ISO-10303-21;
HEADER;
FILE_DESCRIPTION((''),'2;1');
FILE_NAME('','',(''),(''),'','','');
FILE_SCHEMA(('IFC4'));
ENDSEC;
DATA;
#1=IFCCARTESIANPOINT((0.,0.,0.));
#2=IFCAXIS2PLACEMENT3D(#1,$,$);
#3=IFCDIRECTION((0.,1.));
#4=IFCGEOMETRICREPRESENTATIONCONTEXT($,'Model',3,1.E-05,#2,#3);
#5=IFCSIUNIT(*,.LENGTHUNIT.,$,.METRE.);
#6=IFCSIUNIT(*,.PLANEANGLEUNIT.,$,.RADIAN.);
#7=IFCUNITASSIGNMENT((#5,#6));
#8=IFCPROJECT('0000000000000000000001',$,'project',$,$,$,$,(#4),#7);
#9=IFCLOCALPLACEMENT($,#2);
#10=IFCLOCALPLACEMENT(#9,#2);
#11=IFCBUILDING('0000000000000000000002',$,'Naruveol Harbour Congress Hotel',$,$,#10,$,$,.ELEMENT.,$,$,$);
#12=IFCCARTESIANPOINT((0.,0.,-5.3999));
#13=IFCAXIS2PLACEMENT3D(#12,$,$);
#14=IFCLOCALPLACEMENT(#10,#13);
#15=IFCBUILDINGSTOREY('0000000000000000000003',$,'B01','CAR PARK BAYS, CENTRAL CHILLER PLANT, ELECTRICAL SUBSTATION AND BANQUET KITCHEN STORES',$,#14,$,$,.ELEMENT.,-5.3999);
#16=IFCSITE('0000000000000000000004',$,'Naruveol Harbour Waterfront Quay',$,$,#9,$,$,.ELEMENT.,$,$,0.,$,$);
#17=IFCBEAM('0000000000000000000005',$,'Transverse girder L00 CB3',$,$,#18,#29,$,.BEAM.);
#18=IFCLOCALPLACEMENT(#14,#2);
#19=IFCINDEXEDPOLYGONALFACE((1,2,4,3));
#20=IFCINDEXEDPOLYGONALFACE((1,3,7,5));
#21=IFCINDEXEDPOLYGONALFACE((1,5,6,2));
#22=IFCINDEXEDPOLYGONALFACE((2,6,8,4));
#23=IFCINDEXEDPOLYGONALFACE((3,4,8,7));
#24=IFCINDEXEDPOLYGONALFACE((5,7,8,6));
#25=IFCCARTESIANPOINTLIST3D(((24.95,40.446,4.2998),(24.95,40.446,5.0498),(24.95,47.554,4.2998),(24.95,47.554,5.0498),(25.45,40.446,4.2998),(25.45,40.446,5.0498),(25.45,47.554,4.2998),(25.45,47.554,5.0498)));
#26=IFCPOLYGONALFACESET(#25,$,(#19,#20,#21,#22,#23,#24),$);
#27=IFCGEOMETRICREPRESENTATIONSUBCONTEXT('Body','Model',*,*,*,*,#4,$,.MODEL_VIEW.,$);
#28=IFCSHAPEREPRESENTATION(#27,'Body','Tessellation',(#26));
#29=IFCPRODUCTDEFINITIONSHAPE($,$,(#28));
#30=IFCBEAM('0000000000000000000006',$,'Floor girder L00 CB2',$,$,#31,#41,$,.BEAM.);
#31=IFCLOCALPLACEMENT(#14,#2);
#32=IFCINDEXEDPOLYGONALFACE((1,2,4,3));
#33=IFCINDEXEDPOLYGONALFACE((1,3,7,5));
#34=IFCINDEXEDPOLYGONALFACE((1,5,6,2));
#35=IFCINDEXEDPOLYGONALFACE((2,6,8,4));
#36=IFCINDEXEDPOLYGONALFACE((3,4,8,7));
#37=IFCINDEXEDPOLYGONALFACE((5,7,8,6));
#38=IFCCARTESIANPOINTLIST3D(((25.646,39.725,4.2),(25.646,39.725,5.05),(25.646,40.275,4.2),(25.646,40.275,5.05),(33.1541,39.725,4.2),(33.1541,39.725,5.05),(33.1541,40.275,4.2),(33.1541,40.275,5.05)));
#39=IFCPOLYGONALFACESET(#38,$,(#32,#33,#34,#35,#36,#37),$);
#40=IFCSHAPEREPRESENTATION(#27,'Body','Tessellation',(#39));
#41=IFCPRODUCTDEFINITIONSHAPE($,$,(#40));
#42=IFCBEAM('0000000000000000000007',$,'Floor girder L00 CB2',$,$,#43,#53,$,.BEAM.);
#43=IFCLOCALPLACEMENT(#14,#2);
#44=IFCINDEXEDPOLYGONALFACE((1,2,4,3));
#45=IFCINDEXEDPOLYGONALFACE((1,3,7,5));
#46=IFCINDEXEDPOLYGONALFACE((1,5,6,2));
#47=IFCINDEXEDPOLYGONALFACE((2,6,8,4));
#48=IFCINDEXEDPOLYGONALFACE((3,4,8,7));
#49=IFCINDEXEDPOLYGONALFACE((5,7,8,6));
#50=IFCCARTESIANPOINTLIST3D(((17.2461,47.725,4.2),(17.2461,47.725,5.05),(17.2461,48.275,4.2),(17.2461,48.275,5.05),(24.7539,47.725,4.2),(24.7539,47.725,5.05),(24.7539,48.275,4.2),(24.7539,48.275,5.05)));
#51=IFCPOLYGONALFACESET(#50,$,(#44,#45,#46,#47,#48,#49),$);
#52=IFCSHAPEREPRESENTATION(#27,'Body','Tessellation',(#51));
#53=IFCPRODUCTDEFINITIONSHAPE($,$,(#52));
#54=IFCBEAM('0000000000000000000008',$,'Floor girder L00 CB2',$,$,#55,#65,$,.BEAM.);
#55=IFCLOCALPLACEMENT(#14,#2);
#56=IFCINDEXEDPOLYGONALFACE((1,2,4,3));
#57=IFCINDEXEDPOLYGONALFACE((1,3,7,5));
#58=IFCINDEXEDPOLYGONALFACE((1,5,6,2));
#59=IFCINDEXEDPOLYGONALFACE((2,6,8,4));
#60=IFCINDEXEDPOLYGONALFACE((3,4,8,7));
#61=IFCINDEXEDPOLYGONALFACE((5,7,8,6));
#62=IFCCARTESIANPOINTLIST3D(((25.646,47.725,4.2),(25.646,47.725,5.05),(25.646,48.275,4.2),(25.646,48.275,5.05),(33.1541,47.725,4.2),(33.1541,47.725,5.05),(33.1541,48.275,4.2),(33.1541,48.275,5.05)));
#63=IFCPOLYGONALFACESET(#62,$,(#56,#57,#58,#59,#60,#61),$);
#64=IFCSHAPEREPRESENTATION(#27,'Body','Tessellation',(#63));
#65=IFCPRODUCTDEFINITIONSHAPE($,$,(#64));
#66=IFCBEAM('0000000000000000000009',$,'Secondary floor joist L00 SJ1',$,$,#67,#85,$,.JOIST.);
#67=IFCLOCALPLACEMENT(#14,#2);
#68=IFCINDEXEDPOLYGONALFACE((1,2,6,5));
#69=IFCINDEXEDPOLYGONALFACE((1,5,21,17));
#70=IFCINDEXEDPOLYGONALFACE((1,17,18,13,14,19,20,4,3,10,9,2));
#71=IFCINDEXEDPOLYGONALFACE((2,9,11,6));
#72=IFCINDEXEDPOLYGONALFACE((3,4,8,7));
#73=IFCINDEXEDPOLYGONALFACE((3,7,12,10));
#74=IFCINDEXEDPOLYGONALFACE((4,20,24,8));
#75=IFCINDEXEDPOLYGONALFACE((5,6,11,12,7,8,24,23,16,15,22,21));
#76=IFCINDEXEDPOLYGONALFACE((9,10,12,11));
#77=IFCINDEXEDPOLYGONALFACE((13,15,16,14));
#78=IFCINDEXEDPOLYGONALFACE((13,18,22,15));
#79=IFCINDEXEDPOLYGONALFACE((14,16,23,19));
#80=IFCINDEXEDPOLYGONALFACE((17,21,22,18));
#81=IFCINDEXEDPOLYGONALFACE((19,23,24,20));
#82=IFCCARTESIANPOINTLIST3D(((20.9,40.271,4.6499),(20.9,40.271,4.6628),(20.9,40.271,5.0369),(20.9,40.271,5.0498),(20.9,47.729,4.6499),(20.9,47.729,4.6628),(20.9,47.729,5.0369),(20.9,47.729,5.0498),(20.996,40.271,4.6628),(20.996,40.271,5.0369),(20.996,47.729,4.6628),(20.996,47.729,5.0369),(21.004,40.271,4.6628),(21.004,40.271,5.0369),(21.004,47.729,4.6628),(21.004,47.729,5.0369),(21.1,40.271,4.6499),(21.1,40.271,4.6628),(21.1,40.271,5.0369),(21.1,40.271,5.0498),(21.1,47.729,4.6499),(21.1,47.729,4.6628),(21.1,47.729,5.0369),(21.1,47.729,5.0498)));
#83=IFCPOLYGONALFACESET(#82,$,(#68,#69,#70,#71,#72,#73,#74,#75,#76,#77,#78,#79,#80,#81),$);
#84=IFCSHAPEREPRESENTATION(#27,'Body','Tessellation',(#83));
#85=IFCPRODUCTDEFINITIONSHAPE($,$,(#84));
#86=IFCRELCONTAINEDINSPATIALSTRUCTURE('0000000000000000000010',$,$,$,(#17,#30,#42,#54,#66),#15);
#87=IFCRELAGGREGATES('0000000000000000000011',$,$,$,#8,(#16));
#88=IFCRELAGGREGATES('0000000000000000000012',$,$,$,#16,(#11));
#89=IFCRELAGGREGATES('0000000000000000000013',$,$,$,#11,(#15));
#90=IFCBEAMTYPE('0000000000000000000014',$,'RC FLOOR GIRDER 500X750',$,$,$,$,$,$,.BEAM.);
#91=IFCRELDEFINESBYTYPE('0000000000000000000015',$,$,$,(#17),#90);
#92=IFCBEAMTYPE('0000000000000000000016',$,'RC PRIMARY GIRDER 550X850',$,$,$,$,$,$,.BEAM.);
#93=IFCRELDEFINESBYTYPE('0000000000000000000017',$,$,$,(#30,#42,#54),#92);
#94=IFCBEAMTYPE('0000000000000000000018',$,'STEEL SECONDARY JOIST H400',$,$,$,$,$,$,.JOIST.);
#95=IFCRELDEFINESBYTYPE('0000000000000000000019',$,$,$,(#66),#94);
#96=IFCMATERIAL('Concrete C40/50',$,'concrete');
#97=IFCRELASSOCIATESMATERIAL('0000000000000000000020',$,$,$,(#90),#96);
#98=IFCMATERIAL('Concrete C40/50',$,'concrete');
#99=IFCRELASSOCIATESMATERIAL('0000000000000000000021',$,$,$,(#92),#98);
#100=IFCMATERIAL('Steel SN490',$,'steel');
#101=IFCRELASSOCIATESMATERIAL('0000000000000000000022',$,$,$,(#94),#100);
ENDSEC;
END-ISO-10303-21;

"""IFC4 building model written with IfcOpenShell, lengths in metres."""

from ifc_helpers import new_model, si_unit, direction, frame, origin, origin_2d, place, context, subcontext, project, spatial, rectangle, i_section, extrude, material, material_profile, profile_set, type_object, element, save


model = new_model("IFC4")

# Units and contexts
model_context = context("Model", 3, precision=1e-05, world=origin(), true_north=direction((0.0, 1.0)))
body_context = subcontext(model_context, "Body", "Model", "MODEL_VIEW")
ifc_project = project(units=[si_unit("LENGTHUNIT", "METRE"), si_unit("PLANEANGLEUNIT", "RADIAN")], contexts=[model_context])

# Site, building, storey
site_placement = place(None, origin())
site = spatial("IfcSite", under=ifc_project, at=site_placement, Name="Naruveol Harbour Waterfront Quay", CompositionType="ELEMENT", RefElevation=0.0)
building_placement = place(site_placement, origin())
building = spatial("IfcBuilding", under=site, at=building_placement, Name="Naruveol Harbour Congress Hotel", CompositionType="ELEMENT")
storey_placement = place(building_placement, frame((0.0, 0.0, -5.3999)))
storey = spatial("IfcBuildingStorey", under=building, at=storey_placement, Name="B01", Description="CAR PARK BAYS, CENTRAL CHILLER PLANT, ELECTRICAL SUBSTATION AND BANQUET KITCHEN STORES", CompositionType="ELEMENT", Elevation=-5.3999)

# Beams
ifc_material_1 = material(Name="Concrete C40/50", Category="concrete")
ifc_material_profile_1 = material_profile(ifc_material_1, rectangle(XDim=0.5, YDim=0.75, at=origin_2d()), Name="RCB-500x750")
ifc_profile_set_1 = profile_set([ifc_material_profile_1], Name="Concrete C40/50")
beam_type_1 = type_object("IfcBeamType", Name="RC FLOOR GIRDER 500X750", PredefinedType="BEAM", material=ifc_profile_set_1)
for number, where, z_axis, x_axis, name in (
    (1, (25.2, 40.446, 4.6748), (0.0, 1.0, 0.0), (-1.0, 0.0, 0.0), "Transverse girder L00 CB3"),
):
    element("IfcBeam", number, at=place(storey_placement, frame(where, z_axis=z_axis, x_axis=x_axis)), inside=storey, type_object=beam_type_1, Name=name, PredefinedType="BEAM", context=body_context, shape_type="SweptSolid", body=[
        extrude(rectangle(XDim=0.5, YDim=0.75, at=origin_2d()), origin(), (0.0, 0.0, 1.0), 7.1079),
    ])
ifc_material_2 = material(Name="Concrete C40/50", Category="concrete")
ifc_material_profile_2 = material_profile(ifc_material_2, rectangle(XDim=0.55, YDim=0.8501, at=origin_2d()), Name="RCB-550x850")
ifc_profile_set_2 = profile_set([ifc_material_profile_2], Name="Concrete C40/50")
beam_type_2 = type_object("IfcBeamType", Name="RC PRIMARY GIRDER 550X850", PredefinedType="BEAM", material=ifc_profile_set_2)
beam_1_placement = place(storey_placement, frame((25.646, 40.0, 4.625), z_axis=(1.0, 0.0, 0.0), x_axis=(0.0, 1.0, 0.0)))
element("IfcBeam", 2, at=beam_1_placement, inside=storey, type_object=beam_type_2, Name="Floor girder L00 CB2", PredefinedType="BEAM", context=body_context, shape_type="SweptSolid", body=[
    extrude(rectangle(XDim=0.55, YDim=0.8501, at=origin_2d()), origin(), (0.0, 0.0, 1.0), 7.5081),
])
beam_2_placement = place(storey_placement, frame((17.2461, 48.0, 4.625), z_axis=(1.0, 0.0, 0.0), x_axis=(0.0, 1.0, 0.0)))
element("IfcBeam", 3, at=beam_2_placement, inside=storey, type_object=beam_type_2, Name="Floor girder L00 CB2", PredefinedType="BEAM", context=body_context, shape_type="SweptSolid", body=[
    extrude(rectangle(XDim=0.55, YDim=0.8501, at=origin_2d()), origin(), (0.0, 0.0, 1.0), 7.5078),
])
beam_3_placement = place(storey_placement, frame((25.646, 48.0, 4.625), z_axis=(1.0, 0.0, 0.0), x_axis=(0.0, 1.0, 0.0)))
element("IfcBeam", 4, at=beam_3_placement, inside=storey, type_object=beam_type_2, Name="Floor girder L00 CB2", PredefinedType="BEAM", context=body_context, shape_type="SweptSolid", body=[
    extrude(rectangle(XDim=0.55, YDim=0.8501, at=origin_2d()), origin(), (0.0, 0.0, 1.0), 7.5081),
])
ifc_material_3 = material(Name="Steel SN490", Category="steel")
ifc_material_profile_3 = material_profile(ifc_material_3, i_section(OverallWidth=0.2, OverallDepth=0.3999, WebThickness=0.0081, FlangeThickness=0.0129, at=origin_2d()), Name="H-400x200x8x13")
ifc_profile_set_3 = profile_set([ifc_material_profile_3], Name="Steel SN490")
beam_type_3 = type_object("IfcBeamType", Name="STEEL SECONDARY JOIST H400", PredefinedType="JOIST", material=ifc_profile_set_3)
beam_4_placement = place(storey_placement, frame((21.0, 40.271, 4.8499), z_axis=(0.0, 1.0, 0.0), x_axis=(-1.0, 0.0, 0.0)))
element("IfcBeam", 5, at=beam_4_placement, inside=storey, type_object=beam_type_3, Name="Secondary floor joist L00 SJ1", PredefinedType="JOIST", context=body_context, shape_type="SweptSolid", body=[
    extrude(i_section(OverallWidth=0.2, OverallDepth=0.3999, WebThickness=0.0081, FlangeThickness=0.0129, at=origin_2d()), origin(), (0.0, 0.0, 1.0), 7.458),
])

save(model, "model.ifc")
